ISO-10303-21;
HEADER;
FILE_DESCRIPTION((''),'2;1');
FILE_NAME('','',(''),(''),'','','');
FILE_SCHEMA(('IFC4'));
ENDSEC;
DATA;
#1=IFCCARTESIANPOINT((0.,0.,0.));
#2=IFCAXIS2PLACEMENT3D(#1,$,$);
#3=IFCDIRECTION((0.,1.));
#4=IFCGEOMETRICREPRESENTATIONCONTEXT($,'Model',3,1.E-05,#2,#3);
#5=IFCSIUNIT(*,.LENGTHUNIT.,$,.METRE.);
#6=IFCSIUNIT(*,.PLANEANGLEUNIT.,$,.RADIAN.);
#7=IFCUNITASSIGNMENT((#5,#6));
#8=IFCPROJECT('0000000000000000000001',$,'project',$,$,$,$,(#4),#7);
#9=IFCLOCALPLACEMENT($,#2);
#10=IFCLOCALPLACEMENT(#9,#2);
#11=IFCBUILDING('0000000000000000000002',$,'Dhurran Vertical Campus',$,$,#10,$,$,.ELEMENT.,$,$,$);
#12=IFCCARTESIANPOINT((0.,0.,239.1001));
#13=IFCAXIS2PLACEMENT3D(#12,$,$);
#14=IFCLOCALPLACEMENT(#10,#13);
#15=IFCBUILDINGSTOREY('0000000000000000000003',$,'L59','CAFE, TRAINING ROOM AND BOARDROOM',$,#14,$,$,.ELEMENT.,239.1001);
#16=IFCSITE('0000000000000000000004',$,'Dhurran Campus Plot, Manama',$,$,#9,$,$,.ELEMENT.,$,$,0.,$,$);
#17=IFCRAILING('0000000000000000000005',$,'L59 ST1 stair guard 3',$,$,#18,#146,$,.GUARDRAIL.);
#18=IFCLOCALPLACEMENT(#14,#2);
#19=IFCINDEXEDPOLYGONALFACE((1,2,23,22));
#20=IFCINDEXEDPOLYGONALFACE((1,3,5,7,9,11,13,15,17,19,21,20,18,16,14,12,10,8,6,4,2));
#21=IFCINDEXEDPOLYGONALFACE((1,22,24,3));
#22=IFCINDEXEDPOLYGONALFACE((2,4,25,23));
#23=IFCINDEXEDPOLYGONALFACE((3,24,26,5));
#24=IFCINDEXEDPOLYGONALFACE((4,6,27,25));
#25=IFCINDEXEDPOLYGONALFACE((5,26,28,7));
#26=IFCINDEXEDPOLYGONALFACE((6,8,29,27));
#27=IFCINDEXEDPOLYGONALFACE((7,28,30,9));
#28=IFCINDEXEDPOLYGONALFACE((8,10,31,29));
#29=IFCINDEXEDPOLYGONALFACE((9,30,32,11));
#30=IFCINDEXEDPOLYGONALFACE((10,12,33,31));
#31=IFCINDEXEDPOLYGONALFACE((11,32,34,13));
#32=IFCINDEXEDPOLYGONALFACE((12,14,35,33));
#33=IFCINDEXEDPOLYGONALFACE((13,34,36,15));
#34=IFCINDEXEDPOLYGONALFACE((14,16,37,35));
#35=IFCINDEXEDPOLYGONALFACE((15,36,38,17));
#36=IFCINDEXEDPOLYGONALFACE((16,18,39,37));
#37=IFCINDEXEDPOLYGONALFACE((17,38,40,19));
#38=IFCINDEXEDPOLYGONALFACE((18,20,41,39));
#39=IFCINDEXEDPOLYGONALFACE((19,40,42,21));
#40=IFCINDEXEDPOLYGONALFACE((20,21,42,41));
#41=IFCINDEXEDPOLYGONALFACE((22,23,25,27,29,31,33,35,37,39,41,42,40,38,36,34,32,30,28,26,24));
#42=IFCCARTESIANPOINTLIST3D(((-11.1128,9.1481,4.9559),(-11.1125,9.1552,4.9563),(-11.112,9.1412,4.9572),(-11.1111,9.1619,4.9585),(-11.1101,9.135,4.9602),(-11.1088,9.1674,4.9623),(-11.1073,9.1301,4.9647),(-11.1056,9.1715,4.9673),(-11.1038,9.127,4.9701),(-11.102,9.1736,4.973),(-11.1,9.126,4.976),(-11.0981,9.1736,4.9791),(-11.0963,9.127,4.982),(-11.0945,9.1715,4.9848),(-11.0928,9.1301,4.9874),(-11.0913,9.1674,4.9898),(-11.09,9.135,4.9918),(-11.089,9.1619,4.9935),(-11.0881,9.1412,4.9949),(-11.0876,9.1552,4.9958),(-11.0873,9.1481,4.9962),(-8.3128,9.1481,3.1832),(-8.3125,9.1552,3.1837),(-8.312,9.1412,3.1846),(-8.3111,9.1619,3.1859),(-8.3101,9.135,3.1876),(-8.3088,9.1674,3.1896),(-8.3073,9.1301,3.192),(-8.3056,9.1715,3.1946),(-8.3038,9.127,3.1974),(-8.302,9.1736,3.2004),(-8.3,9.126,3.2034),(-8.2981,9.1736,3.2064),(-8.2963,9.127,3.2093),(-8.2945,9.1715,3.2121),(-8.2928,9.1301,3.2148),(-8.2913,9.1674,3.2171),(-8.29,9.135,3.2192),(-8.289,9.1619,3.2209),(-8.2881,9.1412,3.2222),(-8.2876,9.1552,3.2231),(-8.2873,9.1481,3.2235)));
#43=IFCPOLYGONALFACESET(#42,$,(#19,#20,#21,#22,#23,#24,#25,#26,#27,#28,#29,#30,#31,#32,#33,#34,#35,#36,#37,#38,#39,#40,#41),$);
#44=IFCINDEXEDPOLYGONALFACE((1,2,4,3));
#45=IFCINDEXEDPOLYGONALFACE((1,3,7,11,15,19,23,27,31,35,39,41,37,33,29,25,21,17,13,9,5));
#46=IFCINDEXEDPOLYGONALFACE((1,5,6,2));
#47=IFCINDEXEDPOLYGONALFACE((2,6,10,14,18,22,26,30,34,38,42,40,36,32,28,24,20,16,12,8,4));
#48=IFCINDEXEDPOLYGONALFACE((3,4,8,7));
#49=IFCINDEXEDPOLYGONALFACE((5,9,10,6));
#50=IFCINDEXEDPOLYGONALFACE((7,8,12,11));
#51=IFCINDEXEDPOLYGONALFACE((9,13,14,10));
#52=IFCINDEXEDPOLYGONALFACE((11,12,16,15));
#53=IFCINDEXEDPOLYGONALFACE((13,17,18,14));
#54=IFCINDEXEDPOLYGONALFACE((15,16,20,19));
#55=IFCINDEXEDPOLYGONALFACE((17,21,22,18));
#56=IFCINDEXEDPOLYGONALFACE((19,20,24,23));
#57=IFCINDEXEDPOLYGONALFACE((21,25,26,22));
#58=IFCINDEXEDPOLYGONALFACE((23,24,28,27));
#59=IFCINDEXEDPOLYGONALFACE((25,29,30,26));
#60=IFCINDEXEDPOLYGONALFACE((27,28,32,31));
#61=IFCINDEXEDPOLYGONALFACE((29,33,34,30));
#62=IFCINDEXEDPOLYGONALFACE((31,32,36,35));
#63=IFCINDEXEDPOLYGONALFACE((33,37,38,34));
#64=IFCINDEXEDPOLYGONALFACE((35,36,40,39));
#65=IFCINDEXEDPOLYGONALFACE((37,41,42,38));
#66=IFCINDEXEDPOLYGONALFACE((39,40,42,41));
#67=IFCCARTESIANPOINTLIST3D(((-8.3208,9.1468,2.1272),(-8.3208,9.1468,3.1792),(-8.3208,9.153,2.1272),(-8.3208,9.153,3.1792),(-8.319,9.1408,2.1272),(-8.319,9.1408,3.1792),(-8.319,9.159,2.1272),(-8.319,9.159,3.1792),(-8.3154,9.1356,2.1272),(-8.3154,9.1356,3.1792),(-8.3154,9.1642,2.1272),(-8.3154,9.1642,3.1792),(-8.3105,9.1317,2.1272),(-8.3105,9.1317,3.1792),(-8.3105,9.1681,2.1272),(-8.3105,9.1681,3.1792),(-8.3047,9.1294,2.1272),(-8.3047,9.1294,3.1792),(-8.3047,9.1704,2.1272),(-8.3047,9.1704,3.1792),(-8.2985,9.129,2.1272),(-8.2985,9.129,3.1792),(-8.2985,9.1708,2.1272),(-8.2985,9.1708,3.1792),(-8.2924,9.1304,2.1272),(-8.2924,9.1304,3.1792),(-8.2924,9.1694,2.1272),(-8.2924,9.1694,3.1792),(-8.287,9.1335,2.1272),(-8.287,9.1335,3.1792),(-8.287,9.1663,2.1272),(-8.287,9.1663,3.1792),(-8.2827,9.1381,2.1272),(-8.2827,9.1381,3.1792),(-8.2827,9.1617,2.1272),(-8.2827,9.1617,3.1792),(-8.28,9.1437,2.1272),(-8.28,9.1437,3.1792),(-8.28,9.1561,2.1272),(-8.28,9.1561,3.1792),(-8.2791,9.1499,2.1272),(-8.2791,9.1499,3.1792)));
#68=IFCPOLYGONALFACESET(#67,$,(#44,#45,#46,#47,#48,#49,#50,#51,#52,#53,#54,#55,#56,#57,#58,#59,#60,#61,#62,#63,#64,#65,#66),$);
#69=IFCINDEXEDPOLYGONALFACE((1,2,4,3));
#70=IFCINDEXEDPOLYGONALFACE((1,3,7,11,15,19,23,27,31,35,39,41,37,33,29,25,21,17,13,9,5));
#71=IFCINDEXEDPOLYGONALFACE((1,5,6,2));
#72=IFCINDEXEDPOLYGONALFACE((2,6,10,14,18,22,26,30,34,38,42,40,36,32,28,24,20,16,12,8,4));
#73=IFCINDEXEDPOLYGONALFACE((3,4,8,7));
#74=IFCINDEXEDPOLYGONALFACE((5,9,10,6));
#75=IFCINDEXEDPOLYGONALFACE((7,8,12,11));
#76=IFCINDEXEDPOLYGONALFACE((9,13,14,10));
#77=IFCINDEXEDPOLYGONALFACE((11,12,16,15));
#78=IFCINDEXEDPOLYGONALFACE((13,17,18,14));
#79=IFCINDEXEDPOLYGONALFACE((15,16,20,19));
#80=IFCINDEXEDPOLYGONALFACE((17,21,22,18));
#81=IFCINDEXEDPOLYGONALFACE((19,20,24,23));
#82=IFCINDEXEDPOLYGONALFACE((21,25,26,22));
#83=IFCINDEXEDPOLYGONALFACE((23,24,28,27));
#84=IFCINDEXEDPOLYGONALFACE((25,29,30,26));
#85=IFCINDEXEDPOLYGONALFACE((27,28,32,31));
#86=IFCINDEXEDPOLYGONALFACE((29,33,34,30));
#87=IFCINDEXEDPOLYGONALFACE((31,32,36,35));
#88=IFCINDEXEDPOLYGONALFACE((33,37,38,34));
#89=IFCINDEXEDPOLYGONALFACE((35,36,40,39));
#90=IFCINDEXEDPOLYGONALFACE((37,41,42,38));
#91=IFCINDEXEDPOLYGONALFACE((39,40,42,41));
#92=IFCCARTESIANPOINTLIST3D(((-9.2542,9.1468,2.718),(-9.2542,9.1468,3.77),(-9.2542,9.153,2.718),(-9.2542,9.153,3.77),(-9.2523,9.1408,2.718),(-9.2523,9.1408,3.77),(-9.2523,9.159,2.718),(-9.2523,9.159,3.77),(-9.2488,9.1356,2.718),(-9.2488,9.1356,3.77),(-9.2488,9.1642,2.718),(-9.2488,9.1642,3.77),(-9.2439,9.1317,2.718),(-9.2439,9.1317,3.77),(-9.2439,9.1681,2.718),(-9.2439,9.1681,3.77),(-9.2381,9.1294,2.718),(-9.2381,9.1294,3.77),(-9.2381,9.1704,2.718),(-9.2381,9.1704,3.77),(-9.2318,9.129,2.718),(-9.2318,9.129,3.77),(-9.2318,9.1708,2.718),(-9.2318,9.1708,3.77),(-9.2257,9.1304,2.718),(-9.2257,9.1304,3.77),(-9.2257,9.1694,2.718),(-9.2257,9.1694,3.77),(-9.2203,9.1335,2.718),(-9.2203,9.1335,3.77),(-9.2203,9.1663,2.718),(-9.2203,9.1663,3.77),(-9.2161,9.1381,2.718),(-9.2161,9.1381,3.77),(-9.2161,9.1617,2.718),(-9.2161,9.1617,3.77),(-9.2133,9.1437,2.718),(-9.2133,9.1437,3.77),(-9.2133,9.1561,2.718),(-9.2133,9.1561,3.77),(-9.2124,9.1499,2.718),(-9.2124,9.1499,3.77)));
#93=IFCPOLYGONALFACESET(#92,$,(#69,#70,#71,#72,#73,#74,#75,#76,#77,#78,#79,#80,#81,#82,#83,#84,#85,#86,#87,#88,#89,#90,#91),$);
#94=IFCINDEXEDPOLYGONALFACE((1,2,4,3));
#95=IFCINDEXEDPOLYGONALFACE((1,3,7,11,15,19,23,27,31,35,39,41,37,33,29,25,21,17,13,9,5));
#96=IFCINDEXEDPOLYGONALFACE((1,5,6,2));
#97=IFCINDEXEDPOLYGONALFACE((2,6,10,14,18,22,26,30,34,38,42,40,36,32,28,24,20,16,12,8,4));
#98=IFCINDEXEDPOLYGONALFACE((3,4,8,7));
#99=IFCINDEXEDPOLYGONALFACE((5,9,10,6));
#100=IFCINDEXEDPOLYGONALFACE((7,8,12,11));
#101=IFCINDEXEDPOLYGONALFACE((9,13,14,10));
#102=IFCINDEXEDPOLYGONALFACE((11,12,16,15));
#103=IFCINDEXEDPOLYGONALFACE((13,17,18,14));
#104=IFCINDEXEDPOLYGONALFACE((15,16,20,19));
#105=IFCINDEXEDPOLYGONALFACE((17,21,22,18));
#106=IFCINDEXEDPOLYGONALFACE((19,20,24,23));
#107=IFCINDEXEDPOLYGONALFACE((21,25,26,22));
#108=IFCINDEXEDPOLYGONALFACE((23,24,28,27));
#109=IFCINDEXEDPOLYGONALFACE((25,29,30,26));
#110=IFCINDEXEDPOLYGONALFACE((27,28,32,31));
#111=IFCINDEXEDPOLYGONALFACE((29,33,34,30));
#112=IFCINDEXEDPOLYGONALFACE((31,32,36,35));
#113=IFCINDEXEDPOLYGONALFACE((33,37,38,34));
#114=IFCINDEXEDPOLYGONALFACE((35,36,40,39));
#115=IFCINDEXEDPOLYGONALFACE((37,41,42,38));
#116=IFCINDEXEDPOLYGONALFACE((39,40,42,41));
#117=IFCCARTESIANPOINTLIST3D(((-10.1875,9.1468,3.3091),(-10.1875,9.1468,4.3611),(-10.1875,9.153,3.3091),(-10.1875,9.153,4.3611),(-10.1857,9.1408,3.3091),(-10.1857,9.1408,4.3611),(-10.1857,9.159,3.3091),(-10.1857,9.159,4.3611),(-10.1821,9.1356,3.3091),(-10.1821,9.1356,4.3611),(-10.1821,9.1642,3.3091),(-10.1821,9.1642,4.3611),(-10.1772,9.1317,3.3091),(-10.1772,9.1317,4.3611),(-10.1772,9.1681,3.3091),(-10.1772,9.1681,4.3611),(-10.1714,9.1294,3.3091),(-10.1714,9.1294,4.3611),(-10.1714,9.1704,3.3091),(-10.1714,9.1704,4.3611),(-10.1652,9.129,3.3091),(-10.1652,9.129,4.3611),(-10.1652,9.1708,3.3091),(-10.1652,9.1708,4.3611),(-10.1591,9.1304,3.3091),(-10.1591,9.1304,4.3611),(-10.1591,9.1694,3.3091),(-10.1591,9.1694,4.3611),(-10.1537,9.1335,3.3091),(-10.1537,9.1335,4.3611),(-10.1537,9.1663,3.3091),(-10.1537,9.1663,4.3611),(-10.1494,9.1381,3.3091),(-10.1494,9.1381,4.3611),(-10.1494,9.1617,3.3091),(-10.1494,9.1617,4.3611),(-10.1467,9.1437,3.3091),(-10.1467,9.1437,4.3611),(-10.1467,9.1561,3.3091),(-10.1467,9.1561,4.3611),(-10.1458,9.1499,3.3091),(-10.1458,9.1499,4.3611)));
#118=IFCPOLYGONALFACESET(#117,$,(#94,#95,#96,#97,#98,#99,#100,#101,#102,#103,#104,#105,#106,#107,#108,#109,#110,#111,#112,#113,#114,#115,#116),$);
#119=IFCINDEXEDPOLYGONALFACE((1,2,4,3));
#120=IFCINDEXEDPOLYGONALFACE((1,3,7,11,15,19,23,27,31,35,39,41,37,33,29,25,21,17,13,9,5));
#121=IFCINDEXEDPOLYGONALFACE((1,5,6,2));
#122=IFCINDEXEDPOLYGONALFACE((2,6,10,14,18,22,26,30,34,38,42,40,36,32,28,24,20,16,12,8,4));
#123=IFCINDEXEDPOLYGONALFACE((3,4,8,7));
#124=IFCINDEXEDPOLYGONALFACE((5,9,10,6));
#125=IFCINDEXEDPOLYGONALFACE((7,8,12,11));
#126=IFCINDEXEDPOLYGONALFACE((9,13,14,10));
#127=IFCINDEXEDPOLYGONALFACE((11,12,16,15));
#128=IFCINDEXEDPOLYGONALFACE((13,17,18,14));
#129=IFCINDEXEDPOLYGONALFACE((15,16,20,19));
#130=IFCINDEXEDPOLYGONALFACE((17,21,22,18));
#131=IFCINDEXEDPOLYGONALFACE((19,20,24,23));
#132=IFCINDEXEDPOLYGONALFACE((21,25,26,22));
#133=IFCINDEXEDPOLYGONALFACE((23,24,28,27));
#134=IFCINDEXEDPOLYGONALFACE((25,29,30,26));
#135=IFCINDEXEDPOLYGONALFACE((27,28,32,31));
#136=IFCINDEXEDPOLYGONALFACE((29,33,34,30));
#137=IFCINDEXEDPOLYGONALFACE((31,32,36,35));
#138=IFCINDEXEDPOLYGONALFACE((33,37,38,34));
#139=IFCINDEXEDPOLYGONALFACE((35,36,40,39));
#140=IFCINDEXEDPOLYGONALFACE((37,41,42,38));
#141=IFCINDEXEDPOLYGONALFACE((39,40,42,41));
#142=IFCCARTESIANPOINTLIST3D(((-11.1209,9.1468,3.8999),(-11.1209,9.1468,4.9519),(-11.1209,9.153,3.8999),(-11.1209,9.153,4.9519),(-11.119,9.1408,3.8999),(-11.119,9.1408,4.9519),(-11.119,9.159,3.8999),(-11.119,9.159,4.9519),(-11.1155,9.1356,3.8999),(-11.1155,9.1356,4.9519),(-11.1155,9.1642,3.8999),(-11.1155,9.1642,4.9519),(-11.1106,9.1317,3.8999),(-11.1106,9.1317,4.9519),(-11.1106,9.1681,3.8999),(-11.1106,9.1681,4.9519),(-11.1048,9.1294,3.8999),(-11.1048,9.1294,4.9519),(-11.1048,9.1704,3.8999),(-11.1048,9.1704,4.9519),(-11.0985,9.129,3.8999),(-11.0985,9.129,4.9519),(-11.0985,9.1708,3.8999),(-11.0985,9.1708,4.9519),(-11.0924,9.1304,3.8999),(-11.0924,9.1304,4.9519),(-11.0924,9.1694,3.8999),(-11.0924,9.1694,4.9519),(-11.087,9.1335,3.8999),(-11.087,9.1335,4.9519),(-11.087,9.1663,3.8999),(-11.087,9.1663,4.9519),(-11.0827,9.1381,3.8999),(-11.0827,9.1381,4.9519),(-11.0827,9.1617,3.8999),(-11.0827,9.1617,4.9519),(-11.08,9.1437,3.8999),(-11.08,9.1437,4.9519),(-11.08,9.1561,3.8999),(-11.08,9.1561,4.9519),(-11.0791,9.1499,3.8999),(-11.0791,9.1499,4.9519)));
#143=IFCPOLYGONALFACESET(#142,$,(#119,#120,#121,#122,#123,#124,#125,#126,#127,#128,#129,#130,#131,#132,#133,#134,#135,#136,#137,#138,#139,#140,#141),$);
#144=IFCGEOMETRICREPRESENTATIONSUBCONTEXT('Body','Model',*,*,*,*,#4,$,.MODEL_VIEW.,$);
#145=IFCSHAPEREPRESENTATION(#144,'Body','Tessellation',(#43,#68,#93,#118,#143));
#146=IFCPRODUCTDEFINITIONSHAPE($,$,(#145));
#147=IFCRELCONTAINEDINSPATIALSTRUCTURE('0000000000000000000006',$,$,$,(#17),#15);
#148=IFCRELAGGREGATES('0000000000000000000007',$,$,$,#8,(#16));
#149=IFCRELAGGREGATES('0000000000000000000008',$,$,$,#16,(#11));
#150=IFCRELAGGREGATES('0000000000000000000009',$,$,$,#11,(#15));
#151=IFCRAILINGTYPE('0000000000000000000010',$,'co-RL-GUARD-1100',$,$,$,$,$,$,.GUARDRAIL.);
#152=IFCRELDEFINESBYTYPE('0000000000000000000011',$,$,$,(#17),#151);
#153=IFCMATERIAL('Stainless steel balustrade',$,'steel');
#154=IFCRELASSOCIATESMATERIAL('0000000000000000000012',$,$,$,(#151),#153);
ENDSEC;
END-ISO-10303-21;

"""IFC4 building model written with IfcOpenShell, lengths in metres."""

from ifc_helpers import new_model, si_unit, direction, frame, origin, origin_2d, place, context, subcontext, project, spatial, circle, extrude, material, type_object, element, save


model = new_model("IFC4")

# Units and contexts
model_context = context("Model", 3, precision=1e-05, world=origin(), true_north=direction((0.0, 1.0)))
body_context = subcontext(model_context, "Body", "Model", "MODEL_VIEW")
ifc_project = project(units=[si_unit("LENGTHUNIT", "METRE"), si_unit("PLANEANGLEUNIT", "RADIAN")], contexts=[model_context])

# Site, building, storey
site_placement = place(None, origin())
site = spatial("IfcSite", under=ifc_project, at=site_placement, Name="Dhurran Campus Plot, Manama", CompositionType="ELEMENT", RefElevation=0.0)
building_placement = place(site_placement, origin())
building = spatial("IfcBuilding", under=site, at=building_placement, Name="Dhurran Vertical Campus", CompositionType="ELEMENT")
storey_placement = place(building_placement, frame((0.0, 0.0, 239.1001)))
storey = spatial("IfcBuildingStorey", under=building, at=storey_placement, Name="L59", Description="CAFE, TRAINING ROOM AND BOARDROOM", CompositionType="ELEMENT", Elevation=239.1001)

# Railing
ifc_material_1 = material(Name="Stainless steel balustrade", Category="steel")
railing_type_1 = type_object("IfcRailingType", Name="co-RL-GUARD-1100", PredefinedType="GUARDRAIL", material=ifc_material_1)
railing_1_placement = place(storey_placement, frame((-8.3, 9.1499, 2.1272)))
element("IfcRailing", 1, at=railing_1_placement, inside=storey, type_object=railing_type_1, Name="L59 ST1 stair guard 3", PredefinedType="GUARDRAIL", context=body_context, shape_type="SweptSolid", body=[
    extrude(circle(Radius=0.0239, at=origin_2d()), frame((0.0, 0.0, 1.0762), z_axis=(-0.844909, 0.0, 0.53491), x_axis=(0.0, -1.0, 0.0)), (0.0, 0.0, 1.0), 3.314),
    extrude(circle(Radius=0.021, at=origin_2d()), origin(), (0.0, 0.0, 1.0), 1.052),
    extrude(circle(Radius=0.021, at=origin_2d()), frame((-0.9333, 0.0, 0.5908)), (0.0, 0.0, 1.0), 1.052),
    extrude(circle(Radius=0.021, at=origin_2d()), frame((-1.8667, 0.0, 1.1819)), (0.0, 0.0, 1.0), 1.052),
    extrude(circle(Radius=0.021, at=origin_2d()), frame((-2.8, 0.0, 1.7727)), (0.0, 0.0, 1.0), 1.052),
])

save(model, "model.ifc")
